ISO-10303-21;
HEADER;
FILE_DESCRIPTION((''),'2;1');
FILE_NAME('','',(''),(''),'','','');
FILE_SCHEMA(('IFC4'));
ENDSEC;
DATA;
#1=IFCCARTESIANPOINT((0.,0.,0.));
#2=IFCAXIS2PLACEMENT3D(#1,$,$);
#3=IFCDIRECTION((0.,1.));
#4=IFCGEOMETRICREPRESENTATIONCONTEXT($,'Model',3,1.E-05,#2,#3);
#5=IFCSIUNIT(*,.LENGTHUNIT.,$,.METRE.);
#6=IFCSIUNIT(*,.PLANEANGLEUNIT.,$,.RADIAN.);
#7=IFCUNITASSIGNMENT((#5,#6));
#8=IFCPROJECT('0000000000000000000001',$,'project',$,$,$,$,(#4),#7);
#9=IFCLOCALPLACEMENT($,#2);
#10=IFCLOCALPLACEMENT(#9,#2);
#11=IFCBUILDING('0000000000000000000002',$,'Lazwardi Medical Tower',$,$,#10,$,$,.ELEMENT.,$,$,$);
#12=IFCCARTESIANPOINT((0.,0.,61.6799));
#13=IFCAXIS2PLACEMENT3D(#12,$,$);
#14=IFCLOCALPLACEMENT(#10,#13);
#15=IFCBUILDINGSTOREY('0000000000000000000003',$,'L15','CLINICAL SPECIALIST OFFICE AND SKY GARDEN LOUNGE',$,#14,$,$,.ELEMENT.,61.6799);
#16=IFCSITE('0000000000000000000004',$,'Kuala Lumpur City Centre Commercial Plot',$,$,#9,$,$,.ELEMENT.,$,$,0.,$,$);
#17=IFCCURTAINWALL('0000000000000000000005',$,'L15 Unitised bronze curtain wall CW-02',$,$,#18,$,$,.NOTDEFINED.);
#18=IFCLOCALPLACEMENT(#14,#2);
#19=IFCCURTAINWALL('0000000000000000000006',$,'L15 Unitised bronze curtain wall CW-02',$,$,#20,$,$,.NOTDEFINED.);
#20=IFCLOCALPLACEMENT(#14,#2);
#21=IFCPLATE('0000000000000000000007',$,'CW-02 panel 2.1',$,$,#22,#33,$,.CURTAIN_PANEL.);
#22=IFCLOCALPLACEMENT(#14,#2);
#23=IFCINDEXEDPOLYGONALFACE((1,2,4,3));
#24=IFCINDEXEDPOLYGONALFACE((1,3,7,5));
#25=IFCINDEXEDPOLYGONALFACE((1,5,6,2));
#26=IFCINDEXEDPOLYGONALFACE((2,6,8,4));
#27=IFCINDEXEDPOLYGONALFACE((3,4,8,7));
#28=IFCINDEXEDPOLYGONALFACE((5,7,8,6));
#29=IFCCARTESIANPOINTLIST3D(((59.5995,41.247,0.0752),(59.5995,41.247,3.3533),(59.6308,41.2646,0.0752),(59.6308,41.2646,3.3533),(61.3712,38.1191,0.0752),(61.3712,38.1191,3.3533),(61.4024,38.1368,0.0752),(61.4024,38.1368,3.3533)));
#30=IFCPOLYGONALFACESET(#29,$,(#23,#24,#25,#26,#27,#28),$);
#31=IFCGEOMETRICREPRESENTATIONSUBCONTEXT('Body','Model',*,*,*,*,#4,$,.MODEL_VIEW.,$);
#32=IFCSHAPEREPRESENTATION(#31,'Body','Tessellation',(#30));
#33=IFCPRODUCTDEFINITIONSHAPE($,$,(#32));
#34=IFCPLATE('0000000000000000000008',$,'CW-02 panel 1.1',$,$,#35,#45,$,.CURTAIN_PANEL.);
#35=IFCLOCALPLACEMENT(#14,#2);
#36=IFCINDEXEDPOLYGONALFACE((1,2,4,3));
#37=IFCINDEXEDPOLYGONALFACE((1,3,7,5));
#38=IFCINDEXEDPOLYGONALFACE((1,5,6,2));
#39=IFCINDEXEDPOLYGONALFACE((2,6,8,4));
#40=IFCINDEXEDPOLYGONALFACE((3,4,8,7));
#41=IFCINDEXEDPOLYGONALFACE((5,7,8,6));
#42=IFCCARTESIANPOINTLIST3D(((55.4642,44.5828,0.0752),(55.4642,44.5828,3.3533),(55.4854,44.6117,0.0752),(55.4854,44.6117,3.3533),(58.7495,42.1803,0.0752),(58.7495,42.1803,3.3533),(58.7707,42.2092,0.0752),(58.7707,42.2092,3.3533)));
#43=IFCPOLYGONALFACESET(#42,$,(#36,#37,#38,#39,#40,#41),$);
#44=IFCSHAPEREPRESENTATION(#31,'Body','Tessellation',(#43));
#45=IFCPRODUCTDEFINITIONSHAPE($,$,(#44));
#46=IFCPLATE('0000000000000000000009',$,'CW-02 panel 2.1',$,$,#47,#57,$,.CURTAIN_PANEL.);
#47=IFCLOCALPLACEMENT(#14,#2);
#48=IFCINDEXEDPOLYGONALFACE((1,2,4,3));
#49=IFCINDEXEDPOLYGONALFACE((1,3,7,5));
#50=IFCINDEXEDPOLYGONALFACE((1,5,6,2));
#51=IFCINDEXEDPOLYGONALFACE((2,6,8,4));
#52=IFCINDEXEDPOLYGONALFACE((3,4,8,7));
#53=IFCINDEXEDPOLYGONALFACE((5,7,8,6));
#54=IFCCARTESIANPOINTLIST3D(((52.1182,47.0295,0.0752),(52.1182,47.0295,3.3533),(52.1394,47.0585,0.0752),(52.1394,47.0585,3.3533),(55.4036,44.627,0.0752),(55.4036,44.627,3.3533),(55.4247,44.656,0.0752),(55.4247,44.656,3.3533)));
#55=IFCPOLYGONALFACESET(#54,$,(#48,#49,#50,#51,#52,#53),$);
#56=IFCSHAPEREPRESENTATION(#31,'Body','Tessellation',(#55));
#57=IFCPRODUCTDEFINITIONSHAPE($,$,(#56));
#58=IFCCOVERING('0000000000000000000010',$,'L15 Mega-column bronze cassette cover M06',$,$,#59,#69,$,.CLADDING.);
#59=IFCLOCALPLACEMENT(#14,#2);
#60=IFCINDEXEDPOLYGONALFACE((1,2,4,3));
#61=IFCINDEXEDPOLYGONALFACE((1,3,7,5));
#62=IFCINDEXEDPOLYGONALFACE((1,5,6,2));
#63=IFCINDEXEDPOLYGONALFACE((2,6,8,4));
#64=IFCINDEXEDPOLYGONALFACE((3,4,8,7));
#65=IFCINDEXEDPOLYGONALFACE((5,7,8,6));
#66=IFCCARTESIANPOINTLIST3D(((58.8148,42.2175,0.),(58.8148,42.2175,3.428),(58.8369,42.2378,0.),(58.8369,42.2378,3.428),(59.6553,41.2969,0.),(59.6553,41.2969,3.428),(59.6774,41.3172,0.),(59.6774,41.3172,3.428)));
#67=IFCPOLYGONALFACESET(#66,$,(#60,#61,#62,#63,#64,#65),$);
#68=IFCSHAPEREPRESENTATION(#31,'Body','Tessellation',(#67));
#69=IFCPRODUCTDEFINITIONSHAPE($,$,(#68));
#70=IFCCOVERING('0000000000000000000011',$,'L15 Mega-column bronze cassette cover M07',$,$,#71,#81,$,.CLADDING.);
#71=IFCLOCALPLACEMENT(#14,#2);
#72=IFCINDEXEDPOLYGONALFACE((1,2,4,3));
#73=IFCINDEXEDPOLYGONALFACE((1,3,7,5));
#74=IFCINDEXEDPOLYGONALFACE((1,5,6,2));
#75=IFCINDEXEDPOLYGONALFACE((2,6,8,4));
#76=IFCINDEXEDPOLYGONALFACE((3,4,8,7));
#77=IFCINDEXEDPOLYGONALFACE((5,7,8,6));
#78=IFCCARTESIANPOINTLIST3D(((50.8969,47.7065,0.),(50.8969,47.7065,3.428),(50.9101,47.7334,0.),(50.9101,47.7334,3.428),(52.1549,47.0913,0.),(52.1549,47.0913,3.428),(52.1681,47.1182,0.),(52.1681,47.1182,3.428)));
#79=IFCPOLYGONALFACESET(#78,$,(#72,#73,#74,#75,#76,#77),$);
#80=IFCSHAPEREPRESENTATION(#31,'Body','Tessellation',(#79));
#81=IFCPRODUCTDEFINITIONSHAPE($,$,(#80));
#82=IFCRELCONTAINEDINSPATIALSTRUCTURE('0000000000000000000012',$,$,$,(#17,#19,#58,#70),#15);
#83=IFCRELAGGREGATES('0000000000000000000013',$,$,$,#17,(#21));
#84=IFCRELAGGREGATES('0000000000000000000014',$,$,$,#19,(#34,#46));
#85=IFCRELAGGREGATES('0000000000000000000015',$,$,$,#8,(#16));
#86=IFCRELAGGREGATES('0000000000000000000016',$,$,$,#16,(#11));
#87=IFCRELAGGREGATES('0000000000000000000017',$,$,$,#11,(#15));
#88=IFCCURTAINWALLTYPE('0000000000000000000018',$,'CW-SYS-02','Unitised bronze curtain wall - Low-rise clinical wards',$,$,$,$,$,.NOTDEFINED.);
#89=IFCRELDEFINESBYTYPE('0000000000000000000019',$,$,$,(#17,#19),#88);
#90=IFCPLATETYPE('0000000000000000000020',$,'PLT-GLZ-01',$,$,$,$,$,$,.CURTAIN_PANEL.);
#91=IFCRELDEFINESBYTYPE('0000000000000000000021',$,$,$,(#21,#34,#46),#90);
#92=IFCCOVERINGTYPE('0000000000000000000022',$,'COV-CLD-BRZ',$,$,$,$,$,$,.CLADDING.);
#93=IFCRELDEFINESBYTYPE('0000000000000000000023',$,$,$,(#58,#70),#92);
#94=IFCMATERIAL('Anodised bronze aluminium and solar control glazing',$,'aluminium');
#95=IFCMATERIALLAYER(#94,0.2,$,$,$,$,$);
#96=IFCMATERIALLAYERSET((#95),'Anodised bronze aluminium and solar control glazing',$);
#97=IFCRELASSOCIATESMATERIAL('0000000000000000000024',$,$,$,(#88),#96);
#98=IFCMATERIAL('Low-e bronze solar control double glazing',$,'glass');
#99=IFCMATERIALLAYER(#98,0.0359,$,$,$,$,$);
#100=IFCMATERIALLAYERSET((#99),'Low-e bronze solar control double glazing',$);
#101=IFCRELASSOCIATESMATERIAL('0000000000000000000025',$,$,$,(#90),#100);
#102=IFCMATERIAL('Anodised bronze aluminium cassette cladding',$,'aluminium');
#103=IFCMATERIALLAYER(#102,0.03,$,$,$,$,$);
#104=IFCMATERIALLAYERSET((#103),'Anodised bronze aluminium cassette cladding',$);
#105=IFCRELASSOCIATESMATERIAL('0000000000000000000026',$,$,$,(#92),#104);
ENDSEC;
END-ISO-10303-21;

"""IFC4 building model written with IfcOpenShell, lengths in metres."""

from ifc_helpers import new_model, si_unit, direction, frame, origin, origin_2d, place, context, subcontext, project, spatial, rectangle, extrude, material, layer, layer_set, type_object, element, aggregate, save


model = new_model("IFC4")

# Units and contexts
model_context = context("Model", 3, precision=1e-05, world=origin(), true_north=direction((0.0, 1.0)))
body_context = subcontext(model_context, "Body", "Model", "MODEL_VIEW")
ifc_project = project(units=[si_unit("LENGTHUNIT", "METRE"), si_unit("PLANEANGLEUNIT", "RADIAN")], contexts=[model_context])

# Site, building, storey
site_placement = place(None, origin())
site = spatial("IfcSite", under=ifc_project, at=site_placement, Name="Kuala Lumpur City Centre Commercial Plot", CompositionType="ELEMENT", RefElevation=0.0)
building_placement = place(site_placement, origin())
building = spatial("IfcBuilding", under=site, at=building_placement, Name="Lazwardi Medical Tower", CompositionType="ELEMENT")
storey_placement = place(building_placement, frame((0.0, 0.0, 61.6799)))
storey = spatial("IfcBuildingStorey", under=building, at=storey_placement, Name="L15", Description="CLINICAL SPECIALIST OFFICE AND SKY GARDEN LOUNGE", CompositionType="ELEMENT", Elevation=61.6799)

# Curtain wall
ifc_material_1 = material(Name="Anodised bronze aluminium and solar control glazing", Category="aluminium")
ifc_layer_1 = layer(ifc_material_1, 0.2)
ifc_layer_set_1 = layer_set([ifc_layer_1], Name="Anodised bronze aluminium and solar control glazing")
curtain_wall_type = type_object("IfcCurtainWallType", Name="CW-SYS-02", Description="Unitised bronze curtain wall - Low-rise clinical wards", PredefinedType="NOTDEFINED", material=ifc_layer_set_1)
curtain_wall_1_placement = place(storey_placement, origin())
curtain_wall_1 = element("IfcCurtainWall", 1, at=curtain_wall_1_placement, inside=storey, type_object=curtain_wall_type, Name="L15 Unitised bronze curtain wall CW-02", PredefinedType="NOTDEFINED")

# Curtain wall
curtain_wall_2_placement = place(storey_placement, origin())
curtain_wall_2 = element("IfcCurtainWall", 2, at=curtain_wall_2_placement, inside=storey, type_object=curtain_wall_type, Name="L15 Unitised bronze curtain wall CW-02", PredefinedType="NOTDEFINED")

# Plates
ifc_material_2 = material(Name="Low-e bronze solar control double glazing", Category="glass")
ifc_layer_2 = layer(ifc_material_2, 0.0359)
ifc_layer_set_2 = layer_set([ifc_layer_2], Name="Low-e bronze solar control double glazing")
plate_type = type_object("IfcPlateType", Name="PLT-GLZ-01", PredefinedType="CURTAIN_PANEL", material=ifc_layer_set_2)
plate_1_placement = place(storey_placement, frame((60.501, 39.6919, 0.0752), z_axis=(0.0, 0.0, 1.0), x_axis=(-0.492854, 0.870112, 0.0)))
plate_1 = element("IfcPlate", 3, at=plate_1_placement, type_object=plate_type, Name="CW-02 panel 2.1", PredefinedType="CURTAIN_PANEL", context=body_context, shape_type="SweptSolid", body=[
    extrude(rectangle(XDim=3.5947, YDim=0.0359, at=origin_2d()), origin(), (0.0, 0.0, 1.0), 3.2781),
])
aggregate(curtain_wall_1, [plate_1])
plate_2_placement = place(storey_placement, frame((57.1174, 43.396, 0.0752), z_axis=(0.0, 0.0, 1.0), x_axis=(-0.807192, 0.590289, 0.0)))
plate_2 = element("IfcPlate", 4, at=plate_2_placement, type_object=plate_type, Name="CW-02 panel 1.1", PredefinedType="CURTAIN_PANEL", context=body_context, shape_type="SweptSolid", body=[
    extrude(rectangle(XDim=4.0701, YDim=0.0359, at=origin_2d()), origin(), (0.0, 0.0, 1.0), 3.2781),
])
plate_3_placement = place(storey_placement, frame((53.7715, 45.8428, 0.0752), z_axis=(0.0, 0.0, 1.0), x_axis=(-0.807192, 0.590289, 0.0)))
plate_3 = element("IfcPlate", 5, at=plate_3_placement, type_object=plate_type, Name="CW-02 panel 2.1", PredefinedType="CURTAIN_PANEL", context=body_context, shape_type="SweptSolid", body=[
    extrude(rectangle(XDim=4.0701, YDim=0.0359, at=origin_2d()), origin(), (0.0, 0.0, 1.0), 3.2781),
])
aggregate(curtain_wall_2, [plate_2, plate_3])

# Coverings
ifc_material_3 = material(Name="Anodised bronze aluminium cassette cladding", Category="aluminium")
ifc_layer_3 = layer(ifc_material_3, 0.03)
ifc_layer_set_3 = layer_set([ifc_layer_3], Name="Anodised bronze aluminium cassette cladding")
covering_type = type_object("IfcCoveringType", Name="COV-CLD-BRZ", PredefinedType="CLADDING", material=ifc_layer_set_3)
covering_1_placement = place(storey_placement, frame((59.2461, 41.7673, 0.0), z_axis=(0.0, 0.0, 1.0), x_axis=(-0.674252, 0.738501, 0.0)))
element("IfcCovering", 6, at=covering_1_placement, inside=storey, type_object=covering_type, Name="L15 Mega-column bronze cassette cover M06", PredefinedType="CLADDING", context=body_context, shape_type="SweptSolid", body=[
    extrude(rectangle(XDim=1.2466, YDim=0.03, at=origin_2d()), origin(), (0.0, 0.0, 1.0), 3.428),
])
covering_2_placement = place(storey_placement, frame((51.5325, 47.4124, 0.0), z_axis=(0.0, 0.0, 1.0), x_axis=(-0.898334, 0.439312, 0.0)))
element("IfcCovering", 7, at=covering_2_placement, inside=storey, type_object=covering_type, Name="L15 Mega-column bronze cassette cover M07", PredefinedType="CLADDING", context=body_context, shape_type="SweptSolid", body=[
    extrude(rectangle(XDim=1.4004, YDim=0.03, at=origin_2d()), origin(), (0.0, 0.0, 1.0), 3.428),
])

save(model, "model.ifc")
